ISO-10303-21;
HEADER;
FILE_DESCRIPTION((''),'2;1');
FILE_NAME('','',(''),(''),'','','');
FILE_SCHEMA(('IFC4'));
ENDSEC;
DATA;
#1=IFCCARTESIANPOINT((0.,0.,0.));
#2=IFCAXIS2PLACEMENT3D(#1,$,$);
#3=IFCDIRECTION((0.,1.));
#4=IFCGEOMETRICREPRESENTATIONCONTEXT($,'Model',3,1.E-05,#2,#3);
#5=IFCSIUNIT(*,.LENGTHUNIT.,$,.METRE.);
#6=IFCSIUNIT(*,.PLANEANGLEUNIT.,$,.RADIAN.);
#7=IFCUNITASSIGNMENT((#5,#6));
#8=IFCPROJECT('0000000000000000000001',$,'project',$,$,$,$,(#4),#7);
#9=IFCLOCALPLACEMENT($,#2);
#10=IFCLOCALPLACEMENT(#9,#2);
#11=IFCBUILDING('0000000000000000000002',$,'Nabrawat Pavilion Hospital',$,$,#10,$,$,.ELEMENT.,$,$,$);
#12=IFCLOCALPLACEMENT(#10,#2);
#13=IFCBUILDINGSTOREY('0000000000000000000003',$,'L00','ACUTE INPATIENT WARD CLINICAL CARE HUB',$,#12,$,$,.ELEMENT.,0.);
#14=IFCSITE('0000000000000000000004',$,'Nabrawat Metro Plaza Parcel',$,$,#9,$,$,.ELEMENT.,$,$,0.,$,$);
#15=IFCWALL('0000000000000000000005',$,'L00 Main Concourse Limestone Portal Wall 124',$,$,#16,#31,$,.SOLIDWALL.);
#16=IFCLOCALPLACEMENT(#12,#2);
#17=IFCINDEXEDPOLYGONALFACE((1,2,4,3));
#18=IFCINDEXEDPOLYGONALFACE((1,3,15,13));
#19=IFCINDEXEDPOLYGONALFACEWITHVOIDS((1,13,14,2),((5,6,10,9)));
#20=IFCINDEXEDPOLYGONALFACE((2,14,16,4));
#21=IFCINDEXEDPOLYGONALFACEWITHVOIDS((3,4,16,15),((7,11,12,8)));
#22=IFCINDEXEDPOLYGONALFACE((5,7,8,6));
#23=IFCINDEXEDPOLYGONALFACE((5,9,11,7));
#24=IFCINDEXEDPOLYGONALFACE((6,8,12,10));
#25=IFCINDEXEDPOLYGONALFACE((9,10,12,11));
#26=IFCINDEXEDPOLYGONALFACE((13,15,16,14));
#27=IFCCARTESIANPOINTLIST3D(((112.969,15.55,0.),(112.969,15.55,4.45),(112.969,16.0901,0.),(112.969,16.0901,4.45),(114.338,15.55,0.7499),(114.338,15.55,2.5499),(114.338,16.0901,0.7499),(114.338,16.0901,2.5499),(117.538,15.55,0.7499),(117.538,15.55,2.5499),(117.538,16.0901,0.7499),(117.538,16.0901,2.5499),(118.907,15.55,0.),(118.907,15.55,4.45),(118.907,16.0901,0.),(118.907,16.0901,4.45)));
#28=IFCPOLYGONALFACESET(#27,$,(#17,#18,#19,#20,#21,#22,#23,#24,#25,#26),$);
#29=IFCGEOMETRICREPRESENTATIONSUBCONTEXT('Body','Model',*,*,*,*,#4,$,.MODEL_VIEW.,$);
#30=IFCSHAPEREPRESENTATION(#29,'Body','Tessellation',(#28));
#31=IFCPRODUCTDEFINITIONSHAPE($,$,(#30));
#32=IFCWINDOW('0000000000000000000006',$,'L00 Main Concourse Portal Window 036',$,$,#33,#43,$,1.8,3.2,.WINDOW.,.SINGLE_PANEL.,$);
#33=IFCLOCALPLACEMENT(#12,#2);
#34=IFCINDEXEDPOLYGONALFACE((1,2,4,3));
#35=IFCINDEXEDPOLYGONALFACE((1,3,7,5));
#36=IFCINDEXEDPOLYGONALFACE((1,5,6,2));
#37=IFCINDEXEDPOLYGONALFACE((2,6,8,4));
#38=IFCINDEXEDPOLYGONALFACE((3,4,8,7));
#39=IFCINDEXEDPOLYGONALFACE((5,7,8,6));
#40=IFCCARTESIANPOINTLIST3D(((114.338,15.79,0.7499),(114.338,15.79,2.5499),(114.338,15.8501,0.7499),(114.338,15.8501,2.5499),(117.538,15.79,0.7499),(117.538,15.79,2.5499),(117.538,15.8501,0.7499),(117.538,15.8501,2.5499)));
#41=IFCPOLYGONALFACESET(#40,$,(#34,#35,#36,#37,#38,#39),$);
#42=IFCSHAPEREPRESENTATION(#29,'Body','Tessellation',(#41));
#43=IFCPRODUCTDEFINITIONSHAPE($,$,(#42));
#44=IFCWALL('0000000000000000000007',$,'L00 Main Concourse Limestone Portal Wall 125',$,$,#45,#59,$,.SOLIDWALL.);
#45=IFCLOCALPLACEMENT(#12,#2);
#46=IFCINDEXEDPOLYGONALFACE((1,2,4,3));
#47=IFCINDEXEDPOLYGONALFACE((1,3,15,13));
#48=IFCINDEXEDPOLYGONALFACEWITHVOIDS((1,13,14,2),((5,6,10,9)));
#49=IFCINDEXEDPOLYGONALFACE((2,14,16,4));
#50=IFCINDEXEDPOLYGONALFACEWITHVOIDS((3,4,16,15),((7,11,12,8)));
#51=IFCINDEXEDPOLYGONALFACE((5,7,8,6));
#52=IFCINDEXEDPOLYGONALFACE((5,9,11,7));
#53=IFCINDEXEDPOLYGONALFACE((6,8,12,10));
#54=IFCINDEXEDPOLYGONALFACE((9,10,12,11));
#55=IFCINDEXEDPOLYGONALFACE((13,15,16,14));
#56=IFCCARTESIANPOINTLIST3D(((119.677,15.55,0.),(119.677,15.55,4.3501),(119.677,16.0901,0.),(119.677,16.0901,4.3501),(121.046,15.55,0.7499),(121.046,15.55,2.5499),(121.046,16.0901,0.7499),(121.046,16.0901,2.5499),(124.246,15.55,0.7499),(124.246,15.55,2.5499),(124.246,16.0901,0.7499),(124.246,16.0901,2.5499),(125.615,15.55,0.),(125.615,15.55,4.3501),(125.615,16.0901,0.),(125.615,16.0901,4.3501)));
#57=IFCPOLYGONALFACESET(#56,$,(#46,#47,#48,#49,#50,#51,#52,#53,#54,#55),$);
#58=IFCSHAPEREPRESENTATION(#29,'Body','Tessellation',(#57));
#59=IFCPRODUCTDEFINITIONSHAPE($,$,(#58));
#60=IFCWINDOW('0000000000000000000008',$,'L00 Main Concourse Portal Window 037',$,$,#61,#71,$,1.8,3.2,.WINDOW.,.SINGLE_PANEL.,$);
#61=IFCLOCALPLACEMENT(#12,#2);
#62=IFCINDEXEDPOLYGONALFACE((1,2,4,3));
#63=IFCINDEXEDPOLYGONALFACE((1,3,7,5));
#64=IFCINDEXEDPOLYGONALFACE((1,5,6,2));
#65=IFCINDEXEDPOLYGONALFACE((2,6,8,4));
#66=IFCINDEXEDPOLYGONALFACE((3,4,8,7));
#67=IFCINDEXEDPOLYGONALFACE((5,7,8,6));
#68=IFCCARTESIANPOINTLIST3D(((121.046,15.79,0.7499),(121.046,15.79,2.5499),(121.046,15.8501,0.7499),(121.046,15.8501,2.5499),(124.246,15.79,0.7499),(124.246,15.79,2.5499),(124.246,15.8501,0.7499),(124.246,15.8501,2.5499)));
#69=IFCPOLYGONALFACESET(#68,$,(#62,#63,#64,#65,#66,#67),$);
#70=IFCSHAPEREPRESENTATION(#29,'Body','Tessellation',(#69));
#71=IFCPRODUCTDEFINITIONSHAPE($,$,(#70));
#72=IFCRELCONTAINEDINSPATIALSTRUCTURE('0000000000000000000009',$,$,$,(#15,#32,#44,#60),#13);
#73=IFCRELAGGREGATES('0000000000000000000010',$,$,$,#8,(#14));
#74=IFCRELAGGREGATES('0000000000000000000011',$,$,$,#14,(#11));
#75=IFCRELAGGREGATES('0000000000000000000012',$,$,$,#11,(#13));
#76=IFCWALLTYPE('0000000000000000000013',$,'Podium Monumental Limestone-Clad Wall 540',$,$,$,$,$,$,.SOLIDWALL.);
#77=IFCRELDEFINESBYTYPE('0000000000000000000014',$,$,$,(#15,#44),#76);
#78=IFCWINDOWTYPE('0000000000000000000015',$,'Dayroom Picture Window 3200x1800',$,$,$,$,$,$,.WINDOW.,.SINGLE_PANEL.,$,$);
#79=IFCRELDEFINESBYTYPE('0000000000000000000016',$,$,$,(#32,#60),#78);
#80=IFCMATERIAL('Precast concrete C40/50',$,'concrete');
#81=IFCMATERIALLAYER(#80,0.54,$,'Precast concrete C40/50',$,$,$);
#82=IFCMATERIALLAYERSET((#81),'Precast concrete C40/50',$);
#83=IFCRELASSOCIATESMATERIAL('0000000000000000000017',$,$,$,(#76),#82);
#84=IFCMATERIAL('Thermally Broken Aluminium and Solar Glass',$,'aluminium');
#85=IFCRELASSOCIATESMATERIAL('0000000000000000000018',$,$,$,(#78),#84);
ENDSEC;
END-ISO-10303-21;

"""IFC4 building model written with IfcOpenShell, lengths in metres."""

from ifc_helpers import new_model, si_unit, direction, frame, frame_2d, origin, place, context, subcontext, project, spatial, rectangle, extrude, material, layer, layer_set, type_object, element, fill, save


model = new_model("IFC4")

# Units and contexts
model_context = context("Model", 3, precision=1e-05, world=origin(), true_north=direction((0.0, 1.0)))
body_context = subcontext(model_context, "Body", "Model", "MODEL_VIEW")
ifc_project = project(units=[si_unit("LENGTHUNIT", "METRE"), si_unit("PLANEANGLEUNIT", "RADIAN")], contexts=[model_context])

# Site, building, storey
site_placement = place(None, origin())
site = spatial("IfcSite", under=ifc_project, at=site_placement, Name="Nabrawat Metro Plaza Parcel", CompositionType="ELEMENT", RefElevation=0.0)
building_placement = place(site_placement, origin())
building = spatial("IfcBuilding", under=site, at=building_placement, Name="Nabrawat Pavilion Hospital", CompositionType="ELEMENT")
storey_placement = place(building_placement, origin())
storey = spatial("IfcBuildingStorey", under=building, at=storey_placement, Name="L00", Description="ACUTE INPATIENT WARD CLINICAL CARE HUB", CompositionType="ELEMENT", Elevation=0.0)

# Shared definitions
ifc_material_1 = material(Name="Precast concrete C40/50", Category="concrete")
ifc_layer_1 = layer(ifc_material_1, 0.54, Name="Precast concrete C40/50")
ifc_layer_set_1 = layer_set([ifc_layer_1], Name="Precast concrete C40/50")
wall_type_1 = type_object("IfcWallType", Name="Podium Monumental Limestone-Clad Wall 540", PredefinedType="SOLIDWALL", material=ifc_layer_set_1)

# Walls, openings, windows
ifc_material_2 = material(Name="Thermally Broken Aluminium and Solar Glass", Category="aluminium")
window_type = type_object("IfcWindowType", Name="Dayroom Picture Window 3200x1800", PartitioningType="SINGLE_PANEL", PredefinedType="WINDOW", material=ifc_material_2)
wall_1_placement = place(storey_placement, frame((112.969, 15.8201, 0.0), z_axis=(0.0, 0.0, 1.0), x_axis=(1.0, 0.0, 0.0)))
wall_1 = element("IfcWall", 1, at=wall_1_placement, inside=storey, type_object=wall_type_1, Name="L00 Main Concourse Limestone Portal Wall 124", PredefinedType="SOLIDWALL", context=body_context, shape_type="SweptSolid", body=[
    extrude(rectangle(XDim=5.938, YDim=0.54, at=frame_2d((2.969, 0.0))), origin(), (0.0, 0.0, 1.0), 4.45),
])
opening_1_placement = place(wall_1_placement, frame((1.3689, 0.0, 0.75)))
opening_1 = element("IfcOpeningElement", 2, at=opening_1_placement, cuts=wall_1, PredefinedType="OPENING", context=body_context, shape_type="SweptSolid", body=[
    extrude(rectangle(XDim=3.2, YDim=1.8, at=frame_2d((1.6001, 0.8999))), frame((0.0, 0.28, 0.0), z_axis=(0.0, -1.0, 0.0), x_axis=(1.0, 0.0, 0.0)), (0.0, 0.0, 1.0), 0.5601),
])
window_1_placement = place(opening_1_placement, origin())
window_1 = element("IfcWindow", 3, at=window_1_placement, inside=storey, type_object=window_type, Name="L00 Main Concourse Portal Window 036", OverallHeight=1.8, OverallWidth=3.2, PartitioningType="SINGLE_PANEL", PredefinedType="WINDOW", context=body_context, shape_type="SweptSolid", body=[
    extrude(rectangle(XDim=3.2, YDim=1.8, at=frame_2d((1.6001, 0.8999))), frame((0.0, 0.03, 0.0), z_axis=(0.0, -1.0, 0.0), x_axis=(1.0, 0.0, 0.0)), (0.0, 0.0, 1.0), 0.0601),
])
fill(opening_1, window_1)
wall_2_placement = place(storey_placement, frame((119.677, 15.8201, 0.0), z_axis=(0.0, 0.0, 1.0), x_axis=(1.0, 0.0, 0.0)))
wall_2 = element("IfcWall", 4, at=wall_2_placement, inside=storey, type_object=wall_type_1, Name="L00 Main Concourse Limestone Portal Wall 125", PredefinedType="SOLIDWALL", context=body_context, shape_type="SweptSolid", body=[
    extrude(rectangle(XDim=5.938, YDim=0.54, at=frame_2d((2.969, 0.0))), origin(), (0.0, 0.0, 1.0), 4.3501),
])
opening_2_placement = place(wall_2_placement, frame((1.3689, 0.0, 0.75)))
opening_2 = element("IfcOpeningElement", 5, at=opening_2_placement, cuts=wall_2, PredefinedType="OPENING", context=body_context, shape_type="SweptSolid", body=[
    extrude(rectangle(XDim=3.2, YDim=1.8, at=frame_2d((1.6001, 0.8999))), frame((0.0, 0.28, 0.0), z_axis=(0.0, -1.0, 0.0), x_axis=(1.0, 0.0, 0.0)), (0.0, 0.0, 1.0), 0.5601),
])
window_2_placement = place(opening_2_placement, origin())
window_2 = element("IfcWindow", 6, at=window_2_placement, inside=storey, type_object=window_type, Name="L00 Main Concourse Portal Window 037", OverallHeight=1.8, OverallWidth=3.2, PartitioningType="SINGLE_PANEL", PredefinedType="WINDOW", context=body_context, shape_type="SweptSolid", body=[
    extrude(rectangle(XDim=3.2, YDim=1.8, at=frame_2d((1.6001, 0.8999))), frame((0.0, 0.03, 0.0), z_axis=(0.0, -1.0, 0.0), x_axis=(1.0, 0.0, 0.0)), (0.0, 0.0, 1.0), 0.0601),
])
fill(opening_2, window_2)

save(model, "model.ifc")
